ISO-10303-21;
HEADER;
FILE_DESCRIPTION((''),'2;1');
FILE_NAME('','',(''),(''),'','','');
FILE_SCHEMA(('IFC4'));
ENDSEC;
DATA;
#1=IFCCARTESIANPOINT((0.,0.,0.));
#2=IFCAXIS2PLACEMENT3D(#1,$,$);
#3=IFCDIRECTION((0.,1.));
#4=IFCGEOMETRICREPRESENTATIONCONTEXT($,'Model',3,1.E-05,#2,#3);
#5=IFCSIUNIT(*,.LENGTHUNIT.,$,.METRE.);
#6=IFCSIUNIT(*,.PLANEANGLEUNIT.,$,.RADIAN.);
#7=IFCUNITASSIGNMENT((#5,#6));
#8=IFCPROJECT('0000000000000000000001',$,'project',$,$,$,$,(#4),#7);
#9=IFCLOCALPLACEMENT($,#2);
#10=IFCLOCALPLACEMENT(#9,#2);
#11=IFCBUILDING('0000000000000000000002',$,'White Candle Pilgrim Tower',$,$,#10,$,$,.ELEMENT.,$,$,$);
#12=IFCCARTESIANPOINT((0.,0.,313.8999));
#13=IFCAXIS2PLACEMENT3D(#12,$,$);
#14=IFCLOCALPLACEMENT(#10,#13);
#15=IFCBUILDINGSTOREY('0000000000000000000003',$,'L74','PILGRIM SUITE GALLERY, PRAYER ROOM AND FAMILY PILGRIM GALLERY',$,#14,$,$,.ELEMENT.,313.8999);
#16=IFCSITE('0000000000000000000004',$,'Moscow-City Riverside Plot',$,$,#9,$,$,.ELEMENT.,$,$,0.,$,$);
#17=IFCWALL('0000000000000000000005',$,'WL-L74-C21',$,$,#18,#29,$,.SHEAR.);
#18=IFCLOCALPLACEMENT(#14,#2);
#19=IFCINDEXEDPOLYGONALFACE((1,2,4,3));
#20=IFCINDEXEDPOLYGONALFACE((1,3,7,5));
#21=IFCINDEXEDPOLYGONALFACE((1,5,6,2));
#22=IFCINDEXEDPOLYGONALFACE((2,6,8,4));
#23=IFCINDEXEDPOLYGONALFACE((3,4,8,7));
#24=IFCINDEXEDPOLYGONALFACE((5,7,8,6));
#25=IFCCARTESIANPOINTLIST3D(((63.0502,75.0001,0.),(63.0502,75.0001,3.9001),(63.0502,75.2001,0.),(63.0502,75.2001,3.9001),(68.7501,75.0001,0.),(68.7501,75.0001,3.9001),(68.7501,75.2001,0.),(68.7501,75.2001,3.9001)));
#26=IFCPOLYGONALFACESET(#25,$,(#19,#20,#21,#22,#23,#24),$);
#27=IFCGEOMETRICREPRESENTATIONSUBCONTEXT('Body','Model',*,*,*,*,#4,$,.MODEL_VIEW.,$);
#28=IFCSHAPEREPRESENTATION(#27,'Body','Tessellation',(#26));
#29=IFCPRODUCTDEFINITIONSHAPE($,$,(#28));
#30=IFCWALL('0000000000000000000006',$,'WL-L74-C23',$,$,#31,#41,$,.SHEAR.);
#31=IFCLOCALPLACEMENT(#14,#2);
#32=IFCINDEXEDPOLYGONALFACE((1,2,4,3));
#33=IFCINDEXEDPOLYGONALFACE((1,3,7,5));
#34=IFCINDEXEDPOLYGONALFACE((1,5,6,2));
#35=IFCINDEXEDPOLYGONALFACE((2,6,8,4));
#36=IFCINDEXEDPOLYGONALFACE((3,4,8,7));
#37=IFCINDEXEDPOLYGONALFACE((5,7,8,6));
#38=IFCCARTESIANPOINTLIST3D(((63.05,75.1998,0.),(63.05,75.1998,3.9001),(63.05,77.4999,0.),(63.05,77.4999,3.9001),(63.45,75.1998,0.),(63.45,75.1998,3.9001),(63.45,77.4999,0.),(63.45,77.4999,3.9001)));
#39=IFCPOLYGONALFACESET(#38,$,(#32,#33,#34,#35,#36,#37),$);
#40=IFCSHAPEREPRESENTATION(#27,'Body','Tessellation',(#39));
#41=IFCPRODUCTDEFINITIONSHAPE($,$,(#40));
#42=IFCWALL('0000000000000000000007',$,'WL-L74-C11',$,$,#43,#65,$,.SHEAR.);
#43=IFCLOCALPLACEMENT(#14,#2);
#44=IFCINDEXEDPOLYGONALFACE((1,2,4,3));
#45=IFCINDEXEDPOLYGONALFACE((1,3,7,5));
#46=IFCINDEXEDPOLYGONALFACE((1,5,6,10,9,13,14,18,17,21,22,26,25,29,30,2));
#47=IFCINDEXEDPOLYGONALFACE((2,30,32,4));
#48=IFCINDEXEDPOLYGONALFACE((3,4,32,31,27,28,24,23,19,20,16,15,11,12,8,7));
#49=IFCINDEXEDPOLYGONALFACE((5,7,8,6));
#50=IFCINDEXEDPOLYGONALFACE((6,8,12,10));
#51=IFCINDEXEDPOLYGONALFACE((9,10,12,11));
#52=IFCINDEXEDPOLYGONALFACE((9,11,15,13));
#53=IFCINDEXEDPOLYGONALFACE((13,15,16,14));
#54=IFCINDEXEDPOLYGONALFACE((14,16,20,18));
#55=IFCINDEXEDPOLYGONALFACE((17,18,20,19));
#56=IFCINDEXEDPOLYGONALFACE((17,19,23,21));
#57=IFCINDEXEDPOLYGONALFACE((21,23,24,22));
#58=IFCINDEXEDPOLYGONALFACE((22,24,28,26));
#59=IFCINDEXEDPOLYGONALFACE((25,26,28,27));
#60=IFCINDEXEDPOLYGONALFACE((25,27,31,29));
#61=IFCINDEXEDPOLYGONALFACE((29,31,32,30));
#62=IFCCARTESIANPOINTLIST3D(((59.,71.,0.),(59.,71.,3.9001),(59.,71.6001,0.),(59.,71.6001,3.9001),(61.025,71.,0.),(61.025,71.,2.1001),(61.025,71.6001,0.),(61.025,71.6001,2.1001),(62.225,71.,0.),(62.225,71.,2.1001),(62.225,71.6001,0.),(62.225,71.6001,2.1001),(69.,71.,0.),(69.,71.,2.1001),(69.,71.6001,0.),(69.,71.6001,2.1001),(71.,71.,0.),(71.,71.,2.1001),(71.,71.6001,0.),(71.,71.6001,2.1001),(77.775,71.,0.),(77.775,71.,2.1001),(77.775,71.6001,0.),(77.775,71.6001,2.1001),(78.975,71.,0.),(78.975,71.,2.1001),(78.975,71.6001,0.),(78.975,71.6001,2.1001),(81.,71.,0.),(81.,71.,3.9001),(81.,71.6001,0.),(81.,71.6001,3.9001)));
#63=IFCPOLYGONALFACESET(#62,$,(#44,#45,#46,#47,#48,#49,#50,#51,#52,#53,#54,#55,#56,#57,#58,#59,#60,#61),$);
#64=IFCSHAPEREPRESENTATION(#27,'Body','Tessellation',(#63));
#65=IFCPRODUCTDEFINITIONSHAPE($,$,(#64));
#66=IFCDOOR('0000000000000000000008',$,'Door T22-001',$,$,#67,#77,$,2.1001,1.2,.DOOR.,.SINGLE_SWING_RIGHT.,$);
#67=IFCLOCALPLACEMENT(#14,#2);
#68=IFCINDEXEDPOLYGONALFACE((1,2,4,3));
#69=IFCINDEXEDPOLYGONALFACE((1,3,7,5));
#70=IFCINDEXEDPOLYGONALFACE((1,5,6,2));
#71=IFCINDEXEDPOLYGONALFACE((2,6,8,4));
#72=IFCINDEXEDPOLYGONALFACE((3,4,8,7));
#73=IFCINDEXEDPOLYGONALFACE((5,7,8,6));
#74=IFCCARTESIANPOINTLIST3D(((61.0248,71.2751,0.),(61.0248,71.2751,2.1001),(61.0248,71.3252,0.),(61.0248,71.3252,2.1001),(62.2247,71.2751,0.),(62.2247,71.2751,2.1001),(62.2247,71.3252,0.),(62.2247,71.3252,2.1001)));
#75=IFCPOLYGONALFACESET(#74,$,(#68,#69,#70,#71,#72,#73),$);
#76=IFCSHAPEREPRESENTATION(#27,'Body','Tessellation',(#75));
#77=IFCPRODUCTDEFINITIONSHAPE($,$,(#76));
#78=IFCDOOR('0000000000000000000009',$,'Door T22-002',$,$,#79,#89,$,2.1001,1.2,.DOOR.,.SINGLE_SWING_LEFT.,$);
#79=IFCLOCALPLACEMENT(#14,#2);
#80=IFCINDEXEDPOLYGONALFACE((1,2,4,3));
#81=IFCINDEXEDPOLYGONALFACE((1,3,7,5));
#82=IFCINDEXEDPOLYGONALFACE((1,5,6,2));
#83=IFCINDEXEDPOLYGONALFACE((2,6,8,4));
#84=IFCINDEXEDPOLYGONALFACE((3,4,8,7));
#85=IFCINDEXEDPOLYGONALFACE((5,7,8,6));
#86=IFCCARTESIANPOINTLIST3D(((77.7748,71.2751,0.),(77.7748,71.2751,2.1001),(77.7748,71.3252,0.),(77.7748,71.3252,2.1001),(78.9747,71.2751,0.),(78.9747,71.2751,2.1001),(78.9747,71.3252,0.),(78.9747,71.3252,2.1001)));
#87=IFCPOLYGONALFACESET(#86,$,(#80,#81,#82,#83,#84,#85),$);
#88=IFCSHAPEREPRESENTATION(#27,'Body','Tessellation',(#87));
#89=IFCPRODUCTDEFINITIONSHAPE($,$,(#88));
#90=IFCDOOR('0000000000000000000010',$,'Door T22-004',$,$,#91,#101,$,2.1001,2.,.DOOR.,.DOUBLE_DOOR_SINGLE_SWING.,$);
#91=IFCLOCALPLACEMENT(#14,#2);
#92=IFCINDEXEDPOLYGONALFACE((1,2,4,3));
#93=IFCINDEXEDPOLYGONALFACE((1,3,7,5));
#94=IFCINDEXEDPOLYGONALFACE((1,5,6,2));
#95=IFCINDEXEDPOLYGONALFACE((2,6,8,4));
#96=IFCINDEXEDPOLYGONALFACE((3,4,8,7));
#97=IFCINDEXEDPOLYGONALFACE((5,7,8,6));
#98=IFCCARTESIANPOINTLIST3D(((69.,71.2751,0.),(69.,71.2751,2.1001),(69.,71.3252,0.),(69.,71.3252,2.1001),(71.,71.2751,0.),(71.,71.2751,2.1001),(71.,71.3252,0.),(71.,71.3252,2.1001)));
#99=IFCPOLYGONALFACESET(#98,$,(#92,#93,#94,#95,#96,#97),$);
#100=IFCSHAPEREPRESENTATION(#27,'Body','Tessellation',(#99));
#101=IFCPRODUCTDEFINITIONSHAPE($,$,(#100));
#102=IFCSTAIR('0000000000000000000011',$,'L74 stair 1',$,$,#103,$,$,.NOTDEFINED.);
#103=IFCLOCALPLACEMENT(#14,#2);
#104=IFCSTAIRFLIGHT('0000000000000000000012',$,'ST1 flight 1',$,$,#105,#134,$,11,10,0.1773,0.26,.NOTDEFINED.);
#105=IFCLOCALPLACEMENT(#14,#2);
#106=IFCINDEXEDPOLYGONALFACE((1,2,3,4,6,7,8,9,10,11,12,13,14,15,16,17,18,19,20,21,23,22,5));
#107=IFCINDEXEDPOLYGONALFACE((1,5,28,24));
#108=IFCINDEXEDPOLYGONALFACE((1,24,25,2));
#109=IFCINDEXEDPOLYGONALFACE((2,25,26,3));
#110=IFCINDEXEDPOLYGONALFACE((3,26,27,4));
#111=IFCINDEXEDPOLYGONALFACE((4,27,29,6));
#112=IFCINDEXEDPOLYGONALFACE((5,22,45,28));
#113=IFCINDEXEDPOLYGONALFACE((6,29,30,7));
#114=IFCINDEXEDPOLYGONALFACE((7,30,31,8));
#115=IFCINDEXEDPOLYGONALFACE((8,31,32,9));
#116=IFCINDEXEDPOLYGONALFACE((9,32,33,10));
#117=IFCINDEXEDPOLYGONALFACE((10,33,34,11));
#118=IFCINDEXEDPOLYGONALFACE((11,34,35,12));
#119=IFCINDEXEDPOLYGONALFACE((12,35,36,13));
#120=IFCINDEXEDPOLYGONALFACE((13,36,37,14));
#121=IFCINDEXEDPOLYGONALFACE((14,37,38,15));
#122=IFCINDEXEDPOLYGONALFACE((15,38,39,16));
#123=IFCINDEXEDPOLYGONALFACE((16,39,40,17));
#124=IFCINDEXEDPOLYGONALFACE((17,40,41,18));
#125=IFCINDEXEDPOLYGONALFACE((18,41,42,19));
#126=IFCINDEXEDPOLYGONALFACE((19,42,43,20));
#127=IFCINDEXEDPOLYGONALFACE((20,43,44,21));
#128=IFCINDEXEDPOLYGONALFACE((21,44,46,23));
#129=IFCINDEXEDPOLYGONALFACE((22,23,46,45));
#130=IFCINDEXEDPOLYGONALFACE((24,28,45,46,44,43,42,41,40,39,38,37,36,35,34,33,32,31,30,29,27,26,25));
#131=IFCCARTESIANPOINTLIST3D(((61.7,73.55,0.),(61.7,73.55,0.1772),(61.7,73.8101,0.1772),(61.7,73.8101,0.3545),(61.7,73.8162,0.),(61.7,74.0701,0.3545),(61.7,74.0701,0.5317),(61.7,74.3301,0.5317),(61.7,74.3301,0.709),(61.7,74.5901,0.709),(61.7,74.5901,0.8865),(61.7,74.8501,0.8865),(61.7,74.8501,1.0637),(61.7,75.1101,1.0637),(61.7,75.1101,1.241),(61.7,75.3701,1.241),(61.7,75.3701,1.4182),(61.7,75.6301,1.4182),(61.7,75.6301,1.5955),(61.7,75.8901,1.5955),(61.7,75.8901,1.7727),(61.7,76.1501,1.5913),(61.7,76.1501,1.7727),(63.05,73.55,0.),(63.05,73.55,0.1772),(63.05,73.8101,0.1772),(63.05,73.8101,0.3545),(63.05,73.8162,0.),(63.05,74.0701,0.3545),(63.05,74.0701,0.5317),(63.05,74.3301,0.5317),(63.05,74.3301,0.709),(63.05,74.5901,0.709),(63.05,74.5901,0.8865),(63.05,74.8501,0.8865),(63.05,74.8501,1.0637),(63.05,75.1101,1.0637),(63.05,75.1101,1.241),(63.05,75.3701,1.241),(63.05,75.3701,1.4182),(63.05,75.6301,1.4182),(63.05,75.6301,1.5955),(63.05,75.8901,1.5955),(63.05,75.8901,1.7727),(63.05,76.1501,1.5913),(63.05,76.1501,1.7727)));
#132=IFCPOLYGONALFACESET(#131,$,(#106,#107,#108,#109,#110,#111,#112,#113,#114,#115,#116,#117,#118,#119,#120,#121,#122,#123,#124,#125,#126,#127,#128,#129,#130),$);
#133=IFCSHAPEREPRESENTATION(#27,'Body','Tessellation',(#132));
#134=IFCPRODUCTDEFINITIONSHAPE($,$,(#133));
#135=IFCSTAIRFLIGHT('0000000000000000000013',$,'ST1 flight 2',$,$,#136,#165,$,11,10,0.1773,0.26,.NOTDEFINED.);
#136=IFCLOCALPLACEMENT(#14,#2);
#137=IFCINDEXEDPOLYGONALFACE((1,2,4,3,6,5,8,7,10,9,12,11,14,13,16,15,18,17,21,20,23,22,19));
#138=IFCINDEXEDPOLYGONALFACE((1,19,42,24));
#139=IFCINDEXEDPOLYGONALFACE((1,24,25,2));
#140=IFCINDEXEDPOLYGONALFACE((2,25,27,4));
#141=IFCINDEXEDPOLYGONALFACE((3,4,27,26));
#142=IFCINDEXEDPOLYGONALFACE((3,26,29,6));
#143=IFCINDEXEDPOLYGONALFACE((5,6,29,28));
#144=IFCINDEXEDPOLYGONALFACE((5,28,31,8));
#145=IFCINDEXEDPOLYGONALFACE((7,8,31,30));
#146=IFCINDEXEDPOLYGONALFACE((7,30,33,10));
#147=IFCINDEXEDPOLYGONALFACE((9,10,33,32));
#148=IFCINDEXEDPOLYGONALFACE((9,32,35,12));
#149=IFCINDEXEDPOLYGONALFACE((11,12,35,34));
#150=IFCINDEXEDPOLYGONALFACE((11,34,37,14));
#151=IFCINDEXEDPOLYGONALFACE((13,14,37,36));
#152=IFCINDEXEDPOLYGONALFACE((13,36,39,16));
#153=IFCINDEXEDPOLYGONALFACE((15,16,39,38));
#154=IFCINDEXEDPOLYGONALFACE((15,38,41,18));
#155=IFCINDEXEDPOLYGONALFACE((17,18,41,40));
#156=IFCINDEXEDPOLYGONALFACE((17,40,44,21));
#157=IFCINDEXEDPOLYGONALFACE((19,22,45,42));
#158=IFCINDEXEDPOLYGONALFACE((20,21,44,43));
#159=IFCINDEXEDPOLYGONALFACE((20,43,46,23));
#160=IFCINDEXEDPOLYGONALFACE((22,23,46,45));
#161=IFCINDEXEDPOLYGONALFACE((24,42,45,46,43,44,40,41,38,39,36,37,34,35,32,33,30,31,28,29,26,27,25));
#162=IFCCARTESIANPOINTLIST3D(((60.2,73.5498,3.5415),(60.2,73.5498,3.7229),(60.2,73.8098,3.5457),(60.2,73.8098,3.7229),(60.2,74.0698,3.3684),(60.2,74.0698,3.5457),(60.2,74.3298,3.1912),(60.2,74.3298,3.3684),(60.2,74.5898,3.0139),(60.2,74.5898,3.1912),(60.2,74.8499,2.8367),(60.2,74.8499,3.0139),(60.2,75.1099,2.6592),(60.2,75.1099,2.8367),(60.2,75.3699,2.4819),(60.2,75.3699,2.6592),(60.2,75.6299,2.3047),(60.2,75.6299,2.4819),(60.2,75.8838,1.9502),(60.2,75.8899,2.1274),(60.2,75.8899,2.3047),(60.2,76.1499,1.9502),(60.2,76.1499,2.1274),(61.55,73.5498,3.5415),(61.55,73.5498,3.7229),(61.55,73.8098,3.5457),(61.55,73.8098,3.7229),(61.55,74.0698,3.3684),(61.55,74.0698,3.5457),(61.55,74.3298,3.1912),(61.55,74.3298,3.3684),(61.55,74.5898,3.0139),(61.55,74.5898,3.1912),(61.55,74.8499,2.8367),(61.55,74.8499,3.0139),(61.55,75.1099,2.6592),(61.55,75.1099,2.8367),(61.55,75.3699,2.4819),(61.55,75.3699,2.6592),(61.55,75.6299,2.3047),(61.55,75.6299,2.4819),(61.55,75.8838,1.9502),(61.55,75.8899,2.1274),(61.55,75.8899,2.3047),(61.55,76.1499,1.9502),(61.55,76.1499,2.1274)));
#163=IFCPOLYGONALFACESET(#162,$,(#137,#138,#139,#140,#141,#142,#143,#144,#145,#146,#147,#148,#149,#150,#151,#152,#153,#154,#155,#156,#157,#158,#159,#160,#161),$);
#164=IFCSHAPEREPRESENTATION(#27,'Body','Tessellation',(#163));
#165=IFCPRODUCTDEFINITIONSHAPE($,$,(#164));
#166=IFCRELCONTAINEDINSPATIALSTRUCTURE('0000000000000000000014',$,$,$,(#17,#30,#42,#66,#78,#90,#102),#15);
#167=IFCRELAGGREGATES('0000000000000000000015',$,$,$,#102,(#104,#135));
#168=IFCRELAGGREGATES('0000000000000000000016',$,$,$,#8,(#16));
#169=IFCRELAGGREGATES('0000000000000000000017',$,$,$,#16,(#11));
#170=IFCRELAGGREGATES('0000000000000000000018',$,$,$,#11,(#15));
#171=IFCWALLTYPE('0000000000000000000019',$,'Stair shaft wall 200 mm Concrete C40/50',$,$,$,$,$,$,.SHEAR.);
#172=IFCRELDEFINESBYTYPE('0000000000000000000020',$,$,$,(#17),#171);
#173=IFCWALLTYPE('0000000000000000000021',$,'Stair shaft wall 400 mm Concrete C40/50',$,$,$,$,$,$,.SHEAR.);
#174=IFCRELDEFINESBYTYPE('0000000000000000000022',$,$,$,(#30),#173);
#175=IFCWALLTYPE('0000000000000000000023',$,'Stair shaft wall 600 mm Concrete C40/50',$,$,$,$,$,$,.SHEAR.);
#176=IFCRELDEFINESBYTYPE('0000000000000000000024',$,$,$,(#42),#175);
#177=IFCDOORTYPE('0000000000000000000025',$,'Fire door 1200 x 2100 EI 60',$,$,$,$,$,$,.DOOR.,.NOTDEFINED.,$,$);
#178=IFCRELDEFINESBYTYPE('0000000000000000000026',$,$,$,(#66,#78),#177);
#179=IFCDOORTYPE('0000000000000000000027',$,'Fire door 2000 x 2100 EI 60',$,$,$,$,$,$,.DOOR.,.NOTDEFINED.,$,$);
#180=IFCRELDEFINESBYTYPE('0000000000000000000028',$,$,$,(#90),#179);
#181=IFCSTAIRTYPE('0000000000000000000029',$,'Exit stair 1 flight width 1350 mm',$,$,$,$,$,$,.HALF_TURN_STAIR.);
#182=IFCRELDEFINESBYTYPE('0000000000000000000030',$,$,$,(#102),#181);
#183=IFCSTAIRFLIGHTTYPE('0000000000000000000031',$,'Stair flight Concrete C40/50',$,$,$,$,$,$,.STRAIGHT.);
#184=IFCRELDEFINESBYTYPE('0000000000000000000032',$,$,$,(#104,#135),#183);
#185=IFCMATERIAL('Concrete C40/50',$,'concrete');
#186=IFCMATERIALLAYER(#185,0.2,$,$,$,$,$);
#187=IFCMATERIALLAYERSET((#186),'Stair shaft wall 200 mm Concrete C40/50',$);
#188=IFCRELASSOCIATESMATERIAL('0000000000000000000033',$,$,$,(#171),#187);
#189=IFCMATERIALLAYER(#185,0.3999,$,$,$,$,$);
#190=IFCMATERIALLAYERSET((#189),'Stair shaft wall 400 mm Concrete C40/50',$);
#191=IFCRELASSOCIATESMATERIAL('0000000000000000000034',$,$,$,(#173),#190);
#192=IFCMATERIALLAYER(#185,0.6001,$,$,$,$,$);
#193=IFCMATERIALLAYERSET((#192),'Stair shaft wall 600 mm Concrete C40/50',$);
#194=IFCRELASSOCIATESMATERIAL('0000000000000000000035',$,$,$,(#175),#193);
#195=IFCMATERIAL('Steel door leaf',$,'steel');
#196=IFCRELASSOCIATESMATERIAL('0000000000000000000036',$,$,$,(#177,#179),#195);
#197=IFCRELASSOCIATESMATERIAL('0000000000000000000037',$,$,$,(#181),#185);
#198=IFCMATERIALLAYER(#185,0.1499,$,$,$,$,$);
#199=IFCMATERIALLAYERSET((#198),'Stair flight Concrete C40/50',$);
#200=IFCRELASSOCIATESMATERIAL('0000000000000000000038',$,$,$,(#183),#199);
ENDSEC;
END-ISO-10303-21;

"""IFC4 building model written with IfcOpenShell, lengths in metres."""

from ifc_helpers import new_model, si_unit, direction, frame, frame_2d, origin, place, context, subcontext, project, spatial, polyline, rectangle, outline, extrude, material, layer, layer_set, type_object, element, fill, aggregate, save


model = new_model("IFC4")

# Units and contexts
model_context = context("Model", 3, precision=1e-05, world=origin(), true_north=direction((0.0, 1.0)))
body_context = subcontext(model_context, "Body", "Model", "MODEL_VIEW")
ifc_project = project(units=[si_unit("LENGTHUNIT", "METRE"), si_unit("PLANEANGLEUNIT", "RADIAN")], contexts=[model_context])

# Site, building, storey
site_placement = place(None, origin())
site = spatial("IfcSite", under=ifc_project, at=site_placement, Name="Moscow-City Riverside Plot", CompositionType="ELEMENT", RefElevation=0.0)
building_placement = place(site_placement, origin())
building = spatial("IfcBuilding", under=site, at=building_placement, Name="White Candle Pilgrim Tower", CompositionType="ELEMENT")
storey_placement = place(building_placement, frame((0.0, 0.0, 313.8999)))
storey = spatial("IfcBuildingStorey", under=building, at=storey_placement, Name="L74", Description="PILGRIM SUITE GALLERY, PRAYER ROOM AND FAMILY PILGRIM GALLERY", CompositionType="ELEMENT", Elevation=313.8999)

# Shared definitions
ifc_material_1 = material(Name="Steel door leaf", Category="steel")

# Walls
ifc_material_2 = material(Name="Concrete C40/50", Category="concrete")
ifc_layer_1 = layer(ifc_material_2, 0.2)
ifc_layer_set_1 = layer_set([ifc_layer_1], Name="Stair shaft wall 200 mm Concrete C40/50")
wall_type_1 = type_object("IfcWallType", Name="Stair shaft wall 200 mm Concrete C40/50", PredefinedType="SHEAR", material=ifc_layer_set_1)
wall_1_placement = place(storey_placement, frame((63.05, 75.1001, 0.0), z_axis=(0.0, 0.0, 1.0), x_axis=(1.0, 0.0, 0.0)))
element("IfcWall", 1, at=wall_1_placement, inside=storey, type_object=wall_type_1, Name="WL-L74-C21", PredefinedType="SHEAR", context=body_context, shape_type="SweptSolid", body=[
    extrude(rectangle(XDim=5.7, YDim=0.2, at=frame_2d((2.8501, 0.0))), origin(), (0.0, 0.0, 1.0), 3.9001),
])
ifc_layer_2 = layer(ifc_material_2, 0.3999)
ifc_layer_set_2 = layer_set([ifc_layer_2], Name="Stair shaft wall 400 mm Concrete C40/50")
wall_type_2 = type_object("IfcWallType", Name="Stair shaft wall 400 mm Concrete C40/50", PredefinedType="SHEAR", material=ifc_layer_set_2)
wall_2_placement = place(storey_placement, frame((63.25, 75.2, 0.0), z_axis=(0.0, 0.0, 1.0), x_axis=(0.0, 1.0, 0.0)))
element("IfcWall", 2, at=wall_2_placement, inside=storey, type_object=wall_type_2, Name="WL-L74-C23", PredefinedType="SHEAR", context=body_context, shape_type="SweptSolid", body=[
    extrude(rectangle(XDim=2.3, YDim=0.3999, at=frame_2d((1.1499, 0.0))), origin(), (0.0, 0.0, 1.0), 3.9001),
])

# Wall, openings, doors
ifc_layer_3 = layer(ifc_material_2, 0.6001)
ifc_layer_set_3 = layer_set([ifc_layer_3], Name="Stair shaft wall 600 mm Concrete C40/50")
wall_type_3 = type_object("IfcWallType", Name="Stair shaft wall 600 mm Concrete C40/50", PredefinedType="SHEAR", material=ifc_layer_set_3)
wall_3_placement = place(storey_placement, frame((59.0, 71.3, 0.0), z_axis=(0.0, 0.0, 1.0), x_axis=(1.0, 0.0, 0.0)))
wall_3 = element("IfcWall", 3, at=wall_3_placement, inside=storey, type_object=wall_type_3, Name="WL-L74-C11", PredefinedType="SHEAR", context=body_context, shape_type="SweptSolid", body=[
    extrude(rectangle(XDim=22.0, YDim=0.6001, at=frame_2d((11.0, 0.0))), origin(), (0.0, 0.0, 1.0), 3.9001),
])
opening_1_placement = place(wall_3_placement, frame((2.0249, 0.0, 0.0)))
opening_1 = element("IfcOpeningElement", 4, at=opening_1_placement, cuts=wall_3, PredefinedType="OPENING", context=body_context, shape_type="SweptSolid", body=[
    extrude(rectangle(XDim=1.2, YDim=2.1001, at=frame_2d((0.6001, 1.05))), frame((0.0, 0.3101, 0.0), z_axis=(0.0, -1.0, 0.0), x_axis=(1.0, 0.0, 0.0)), (0.0, 0.0, 1.0), 0.6201),
])
opening_2_placement = place(wall_3_placement, frame((18.7749, 0.0, 0.0)))
opening_2 = element("IfcOpeningElement", 5, at=opening_2_placement, cuts=wall_3, PredefinedType="OPENING", context=body_context, shape_type="SweptSolid", body=[
    extrude(rectangle(XDim=1.2, YDim=2.1001, at=frame_2d((0.6001, 1.05))), frame((0.0, 0.3101, 0.0), z_axis=(0.0, -1.0, 0.0), x_axis=(1.0, 0.0, 0.0)), (0.0, 0.0, 1.0), 0.6201),
])
opening_3_placement = place(wall_3_placement, frame((10.0, 0.0, 0.0)))
opening_3 = element("IfcOpeningElement", 6, at=opening_3_placement, cuts=wall_3, PredefinedType="OPENING", context=body_context, shape_type="SweptSolid", body=[
    extrude(rectangle(XDim=2.0, YDim=2.1001, at=frame_2d((1.0, 1.05))), frame((0.0, 0.3101, 0.0), z_axis=(0.0, -1.0, 0.0), x_axis=(1.0, 0.0, 0.0)), (0.0, 0.0, 1.0), 0.6201),
])
door_type_1 = type_object("IfcDoorType", Name="Fire door 1200 x 2100 EI 60", OperationType="NOTDEFINED", PredefinedType="DOOR", material=ifc_material_1)
door_1_placement = place(opening_1_placement, frame((1.2, 0.0, 0.0), z_axis=(0.0, 0.0, 1.0), x_axis=(-1.0, 0.0, 0.0)))
door_1 = element("IfcDoor", 7, at=door_1_placement, inside=storey, type_object=door_type_1, Name="Door T22-001", OperationType="SINGLE_SWING_RIGHT", OverallHeight=2.1001, OverallWidth=1.2, PredefinedType="DOOR", context=body_context, shape_type="SweptSolid", body=[
    extrude(rectangle(XDim=1.2, YDim=2.1001, at=frame_2d((0.6001, 1.05))), frame((0.0, 0.0249, 0.0), z_axis=(0.0, -1.0, 0.0), x_axis=(1.0, 0.0, 0.0)), (0.0, 0.0, 1.0), 0.05),
])
fill(opening_1, door_1)
door_2_placement = place(opening_2_placement, frame((1.2, 0.0, 0.0), z_axis=(0.0, 0.0, 1.0), x_axis=(-1.0, 0.0, 0.0)))
door_2 = element("IfcDoor", 8, at=door_2_placement, inside=storey, type_object=door_type_1, Name="Door T22-002", OperationType="SINGLE_SWING_LEFT", OverallHeight=2.1001, OverallWidth=1.2, PredefinedType="DOOR", context=body_context, shape_type="SweptSolid", body=[
    extrude(rectangle(XDim=1.2, YDim=2.1001, at=frame_2d((0.6001, 1.05))), frame((0.0, 0.0249, 0.0), z_axis=(0.0, -1.0, 0.0), x_axis=(1.0, 0.0, 0.0)), (0.0, 0.0, 1.0), 0.05),
])
fill(opening_2, door_2)
door_type_2 = type_object("IfcDoorType", Name="Fire door 2000 x 2100 EI 60", OperationType="NOTDEFINED", PredefinedType="DOOR", material=ifc_material_1)
door_3_placement = place(opening_3_placement, frame((2.0, 0.0, 0.0), z_axis=(0.0, 0.0, 1.0), x_axis=(-1.0, 0.0, 0.0)))
door_3 = element("IfcDoor", 9, at=door_3_placement, inside=storey, type_object=door_type_2, Name="Door T22-004", OperationType="DOUBLE_DOOR_SINGLE_SWING", OverallHeight=2.1001, OverallWidth=2.0, PredefinedType="DOOR", context=body_context, shape_type="SweptSolid", body=[
    extrude(rectangle(XDim=2.0, YDim=2.1001, at=frame_2d((1.0, 1.05))), frame((0.0, 0.0249, 0.0), z_axis=(0.0, -1.0, 0.0), x_axis=(1.0, 0.0, 0.0)), (0.0, 0.0, 1.0), 0.05),
])
fill(opening_3, door_3)

# Stair, stair flights
stair_type = type_object("IfcStairType", Name="Exit stair 1 flight width 1350 mm", PredefinedType="HALF_TURN_STAIR", material=ifc_material_2)
stair_placement = place(storey_placement, origin())
stair = element("IfcStair", 10, at=stair_placement, inside=storey, type_object=stair_type, Name="L74 stair 1", PredefinedType="NOTDEFINED")
ifc_layer_4 = layer(ifc_material_2, 0.1499)
ifc_layer_set_4 = layer_set([ifc_layer_4], Name="Stair flight Concrete C40/50")
stair_flight_type = type_object("IfcStairFlightType", Name="Stair flight Concrete C40/50", PredefinedType="STRAIGHT", material=ifc_layer_set_4)
stair_flight_1_placement = place(storey_placement, frame((62.375, 73.55, 0.0), z_axis=(0.0, 0.0, 1.0), x_axis=(0.0, 1.0, 0.0)))
stair_flight_1 = element("IfcStairFlight", 11, at=stair_flight_1_placement, type_object=stair_flight_type, Name="ST1 flight 1", NumberOfRisers=11, NumberOfTreads=10, PredefinedType="NOTDEFINED", RiserHeight=0.1773, TreadLength=0.26, context=body_context, shape_type="SweptSolid", body=[
    extrude(outline(polyline([(0.0, 0.0), (0.0, 0.1772), (0.26, 0.1772), (0.26, 0.3545), (0.52, 0.3545), (0.52, 0.5317), (0.78, 0.5317), (0.78, 0.709), (1.04, 0.709), (1.04, 0.8865), (1.3, 0.8865), (1.3, 1.0637), (1.5601, 1.0637), (1.5601, 1.241), (1.8201, 1.241), (1.8201, 1.4182), (2.0801, 1.4182), (2.0801, 1.5955), (2.3401, 1.5955), (2.3401, 1.7727), (2.6001, 1.7727), (2.6001, 1.95), (2.6001, 1.5913), (0.2661, 0.0), (0.0, 0.0)])), frame((0.0, 0.675, 0.0), z_axis=(0.0, -1.0, 0.0), x_axis=(1.0, 0.0, 0.0)), (0.0, 0.0, 1.0), 1.3501),
])
stair_flight_2_placement = place(storey_placement, frame((60.875, 76.1499, 1.9502), z_axis=(0.0, 0.0, 1.0), x_axis=(0.0, -1.0, 0.0)))
stair_flight_2 = element("IfcStairFlight", 12, at=stair_flight_2_placement, type_object=stair_flight_type, Name="ST1 flight 2", NumberOfRisers=11, NumberOfTreads=10, PredefinedType="NOTDEFINED", RiserHeight=0.1773, TreadLength=0.26, context=body_context, shape_type="SweptSolid", body=[
    extrude(outline(polyline([(0.0, 0.0), (0.0, 0.1772), (0.26, 0.1772), (0.26, 0.3545), (0.52, 0.3545), (0.52, 0.5317), (0.78, 0.5317), (0.78, 0.709), (1.04, 0.709), (1.04, 0.8865), (1.3, 0.8865), (1.3, 1.0637), (1.5601, 1.0637), (1.5601, 1.241), (1.8201, 1.241), (1.8201, 1.4182), (2.0801, 1.4182), (2.0801, 1.5955), (2.3401, 1.5955), (2.3401, 1.7727), (2.6001, 1.7727), (2.6001, 1.95), (2.6001, 1.5913), (0.2661, 0.0), (0.0, 0.0)])), frame((0.0, 0.675, 0.0), z_axis=(0.0, -1.0, 0.0), x_axis=(1.0, 0.0, 0.0)), (0.0, 0.0, 1.0), 1.3501),
])
aggregate(stair, [stair_flight_1, stair_flight_2])

save(model, "model.ifc")
